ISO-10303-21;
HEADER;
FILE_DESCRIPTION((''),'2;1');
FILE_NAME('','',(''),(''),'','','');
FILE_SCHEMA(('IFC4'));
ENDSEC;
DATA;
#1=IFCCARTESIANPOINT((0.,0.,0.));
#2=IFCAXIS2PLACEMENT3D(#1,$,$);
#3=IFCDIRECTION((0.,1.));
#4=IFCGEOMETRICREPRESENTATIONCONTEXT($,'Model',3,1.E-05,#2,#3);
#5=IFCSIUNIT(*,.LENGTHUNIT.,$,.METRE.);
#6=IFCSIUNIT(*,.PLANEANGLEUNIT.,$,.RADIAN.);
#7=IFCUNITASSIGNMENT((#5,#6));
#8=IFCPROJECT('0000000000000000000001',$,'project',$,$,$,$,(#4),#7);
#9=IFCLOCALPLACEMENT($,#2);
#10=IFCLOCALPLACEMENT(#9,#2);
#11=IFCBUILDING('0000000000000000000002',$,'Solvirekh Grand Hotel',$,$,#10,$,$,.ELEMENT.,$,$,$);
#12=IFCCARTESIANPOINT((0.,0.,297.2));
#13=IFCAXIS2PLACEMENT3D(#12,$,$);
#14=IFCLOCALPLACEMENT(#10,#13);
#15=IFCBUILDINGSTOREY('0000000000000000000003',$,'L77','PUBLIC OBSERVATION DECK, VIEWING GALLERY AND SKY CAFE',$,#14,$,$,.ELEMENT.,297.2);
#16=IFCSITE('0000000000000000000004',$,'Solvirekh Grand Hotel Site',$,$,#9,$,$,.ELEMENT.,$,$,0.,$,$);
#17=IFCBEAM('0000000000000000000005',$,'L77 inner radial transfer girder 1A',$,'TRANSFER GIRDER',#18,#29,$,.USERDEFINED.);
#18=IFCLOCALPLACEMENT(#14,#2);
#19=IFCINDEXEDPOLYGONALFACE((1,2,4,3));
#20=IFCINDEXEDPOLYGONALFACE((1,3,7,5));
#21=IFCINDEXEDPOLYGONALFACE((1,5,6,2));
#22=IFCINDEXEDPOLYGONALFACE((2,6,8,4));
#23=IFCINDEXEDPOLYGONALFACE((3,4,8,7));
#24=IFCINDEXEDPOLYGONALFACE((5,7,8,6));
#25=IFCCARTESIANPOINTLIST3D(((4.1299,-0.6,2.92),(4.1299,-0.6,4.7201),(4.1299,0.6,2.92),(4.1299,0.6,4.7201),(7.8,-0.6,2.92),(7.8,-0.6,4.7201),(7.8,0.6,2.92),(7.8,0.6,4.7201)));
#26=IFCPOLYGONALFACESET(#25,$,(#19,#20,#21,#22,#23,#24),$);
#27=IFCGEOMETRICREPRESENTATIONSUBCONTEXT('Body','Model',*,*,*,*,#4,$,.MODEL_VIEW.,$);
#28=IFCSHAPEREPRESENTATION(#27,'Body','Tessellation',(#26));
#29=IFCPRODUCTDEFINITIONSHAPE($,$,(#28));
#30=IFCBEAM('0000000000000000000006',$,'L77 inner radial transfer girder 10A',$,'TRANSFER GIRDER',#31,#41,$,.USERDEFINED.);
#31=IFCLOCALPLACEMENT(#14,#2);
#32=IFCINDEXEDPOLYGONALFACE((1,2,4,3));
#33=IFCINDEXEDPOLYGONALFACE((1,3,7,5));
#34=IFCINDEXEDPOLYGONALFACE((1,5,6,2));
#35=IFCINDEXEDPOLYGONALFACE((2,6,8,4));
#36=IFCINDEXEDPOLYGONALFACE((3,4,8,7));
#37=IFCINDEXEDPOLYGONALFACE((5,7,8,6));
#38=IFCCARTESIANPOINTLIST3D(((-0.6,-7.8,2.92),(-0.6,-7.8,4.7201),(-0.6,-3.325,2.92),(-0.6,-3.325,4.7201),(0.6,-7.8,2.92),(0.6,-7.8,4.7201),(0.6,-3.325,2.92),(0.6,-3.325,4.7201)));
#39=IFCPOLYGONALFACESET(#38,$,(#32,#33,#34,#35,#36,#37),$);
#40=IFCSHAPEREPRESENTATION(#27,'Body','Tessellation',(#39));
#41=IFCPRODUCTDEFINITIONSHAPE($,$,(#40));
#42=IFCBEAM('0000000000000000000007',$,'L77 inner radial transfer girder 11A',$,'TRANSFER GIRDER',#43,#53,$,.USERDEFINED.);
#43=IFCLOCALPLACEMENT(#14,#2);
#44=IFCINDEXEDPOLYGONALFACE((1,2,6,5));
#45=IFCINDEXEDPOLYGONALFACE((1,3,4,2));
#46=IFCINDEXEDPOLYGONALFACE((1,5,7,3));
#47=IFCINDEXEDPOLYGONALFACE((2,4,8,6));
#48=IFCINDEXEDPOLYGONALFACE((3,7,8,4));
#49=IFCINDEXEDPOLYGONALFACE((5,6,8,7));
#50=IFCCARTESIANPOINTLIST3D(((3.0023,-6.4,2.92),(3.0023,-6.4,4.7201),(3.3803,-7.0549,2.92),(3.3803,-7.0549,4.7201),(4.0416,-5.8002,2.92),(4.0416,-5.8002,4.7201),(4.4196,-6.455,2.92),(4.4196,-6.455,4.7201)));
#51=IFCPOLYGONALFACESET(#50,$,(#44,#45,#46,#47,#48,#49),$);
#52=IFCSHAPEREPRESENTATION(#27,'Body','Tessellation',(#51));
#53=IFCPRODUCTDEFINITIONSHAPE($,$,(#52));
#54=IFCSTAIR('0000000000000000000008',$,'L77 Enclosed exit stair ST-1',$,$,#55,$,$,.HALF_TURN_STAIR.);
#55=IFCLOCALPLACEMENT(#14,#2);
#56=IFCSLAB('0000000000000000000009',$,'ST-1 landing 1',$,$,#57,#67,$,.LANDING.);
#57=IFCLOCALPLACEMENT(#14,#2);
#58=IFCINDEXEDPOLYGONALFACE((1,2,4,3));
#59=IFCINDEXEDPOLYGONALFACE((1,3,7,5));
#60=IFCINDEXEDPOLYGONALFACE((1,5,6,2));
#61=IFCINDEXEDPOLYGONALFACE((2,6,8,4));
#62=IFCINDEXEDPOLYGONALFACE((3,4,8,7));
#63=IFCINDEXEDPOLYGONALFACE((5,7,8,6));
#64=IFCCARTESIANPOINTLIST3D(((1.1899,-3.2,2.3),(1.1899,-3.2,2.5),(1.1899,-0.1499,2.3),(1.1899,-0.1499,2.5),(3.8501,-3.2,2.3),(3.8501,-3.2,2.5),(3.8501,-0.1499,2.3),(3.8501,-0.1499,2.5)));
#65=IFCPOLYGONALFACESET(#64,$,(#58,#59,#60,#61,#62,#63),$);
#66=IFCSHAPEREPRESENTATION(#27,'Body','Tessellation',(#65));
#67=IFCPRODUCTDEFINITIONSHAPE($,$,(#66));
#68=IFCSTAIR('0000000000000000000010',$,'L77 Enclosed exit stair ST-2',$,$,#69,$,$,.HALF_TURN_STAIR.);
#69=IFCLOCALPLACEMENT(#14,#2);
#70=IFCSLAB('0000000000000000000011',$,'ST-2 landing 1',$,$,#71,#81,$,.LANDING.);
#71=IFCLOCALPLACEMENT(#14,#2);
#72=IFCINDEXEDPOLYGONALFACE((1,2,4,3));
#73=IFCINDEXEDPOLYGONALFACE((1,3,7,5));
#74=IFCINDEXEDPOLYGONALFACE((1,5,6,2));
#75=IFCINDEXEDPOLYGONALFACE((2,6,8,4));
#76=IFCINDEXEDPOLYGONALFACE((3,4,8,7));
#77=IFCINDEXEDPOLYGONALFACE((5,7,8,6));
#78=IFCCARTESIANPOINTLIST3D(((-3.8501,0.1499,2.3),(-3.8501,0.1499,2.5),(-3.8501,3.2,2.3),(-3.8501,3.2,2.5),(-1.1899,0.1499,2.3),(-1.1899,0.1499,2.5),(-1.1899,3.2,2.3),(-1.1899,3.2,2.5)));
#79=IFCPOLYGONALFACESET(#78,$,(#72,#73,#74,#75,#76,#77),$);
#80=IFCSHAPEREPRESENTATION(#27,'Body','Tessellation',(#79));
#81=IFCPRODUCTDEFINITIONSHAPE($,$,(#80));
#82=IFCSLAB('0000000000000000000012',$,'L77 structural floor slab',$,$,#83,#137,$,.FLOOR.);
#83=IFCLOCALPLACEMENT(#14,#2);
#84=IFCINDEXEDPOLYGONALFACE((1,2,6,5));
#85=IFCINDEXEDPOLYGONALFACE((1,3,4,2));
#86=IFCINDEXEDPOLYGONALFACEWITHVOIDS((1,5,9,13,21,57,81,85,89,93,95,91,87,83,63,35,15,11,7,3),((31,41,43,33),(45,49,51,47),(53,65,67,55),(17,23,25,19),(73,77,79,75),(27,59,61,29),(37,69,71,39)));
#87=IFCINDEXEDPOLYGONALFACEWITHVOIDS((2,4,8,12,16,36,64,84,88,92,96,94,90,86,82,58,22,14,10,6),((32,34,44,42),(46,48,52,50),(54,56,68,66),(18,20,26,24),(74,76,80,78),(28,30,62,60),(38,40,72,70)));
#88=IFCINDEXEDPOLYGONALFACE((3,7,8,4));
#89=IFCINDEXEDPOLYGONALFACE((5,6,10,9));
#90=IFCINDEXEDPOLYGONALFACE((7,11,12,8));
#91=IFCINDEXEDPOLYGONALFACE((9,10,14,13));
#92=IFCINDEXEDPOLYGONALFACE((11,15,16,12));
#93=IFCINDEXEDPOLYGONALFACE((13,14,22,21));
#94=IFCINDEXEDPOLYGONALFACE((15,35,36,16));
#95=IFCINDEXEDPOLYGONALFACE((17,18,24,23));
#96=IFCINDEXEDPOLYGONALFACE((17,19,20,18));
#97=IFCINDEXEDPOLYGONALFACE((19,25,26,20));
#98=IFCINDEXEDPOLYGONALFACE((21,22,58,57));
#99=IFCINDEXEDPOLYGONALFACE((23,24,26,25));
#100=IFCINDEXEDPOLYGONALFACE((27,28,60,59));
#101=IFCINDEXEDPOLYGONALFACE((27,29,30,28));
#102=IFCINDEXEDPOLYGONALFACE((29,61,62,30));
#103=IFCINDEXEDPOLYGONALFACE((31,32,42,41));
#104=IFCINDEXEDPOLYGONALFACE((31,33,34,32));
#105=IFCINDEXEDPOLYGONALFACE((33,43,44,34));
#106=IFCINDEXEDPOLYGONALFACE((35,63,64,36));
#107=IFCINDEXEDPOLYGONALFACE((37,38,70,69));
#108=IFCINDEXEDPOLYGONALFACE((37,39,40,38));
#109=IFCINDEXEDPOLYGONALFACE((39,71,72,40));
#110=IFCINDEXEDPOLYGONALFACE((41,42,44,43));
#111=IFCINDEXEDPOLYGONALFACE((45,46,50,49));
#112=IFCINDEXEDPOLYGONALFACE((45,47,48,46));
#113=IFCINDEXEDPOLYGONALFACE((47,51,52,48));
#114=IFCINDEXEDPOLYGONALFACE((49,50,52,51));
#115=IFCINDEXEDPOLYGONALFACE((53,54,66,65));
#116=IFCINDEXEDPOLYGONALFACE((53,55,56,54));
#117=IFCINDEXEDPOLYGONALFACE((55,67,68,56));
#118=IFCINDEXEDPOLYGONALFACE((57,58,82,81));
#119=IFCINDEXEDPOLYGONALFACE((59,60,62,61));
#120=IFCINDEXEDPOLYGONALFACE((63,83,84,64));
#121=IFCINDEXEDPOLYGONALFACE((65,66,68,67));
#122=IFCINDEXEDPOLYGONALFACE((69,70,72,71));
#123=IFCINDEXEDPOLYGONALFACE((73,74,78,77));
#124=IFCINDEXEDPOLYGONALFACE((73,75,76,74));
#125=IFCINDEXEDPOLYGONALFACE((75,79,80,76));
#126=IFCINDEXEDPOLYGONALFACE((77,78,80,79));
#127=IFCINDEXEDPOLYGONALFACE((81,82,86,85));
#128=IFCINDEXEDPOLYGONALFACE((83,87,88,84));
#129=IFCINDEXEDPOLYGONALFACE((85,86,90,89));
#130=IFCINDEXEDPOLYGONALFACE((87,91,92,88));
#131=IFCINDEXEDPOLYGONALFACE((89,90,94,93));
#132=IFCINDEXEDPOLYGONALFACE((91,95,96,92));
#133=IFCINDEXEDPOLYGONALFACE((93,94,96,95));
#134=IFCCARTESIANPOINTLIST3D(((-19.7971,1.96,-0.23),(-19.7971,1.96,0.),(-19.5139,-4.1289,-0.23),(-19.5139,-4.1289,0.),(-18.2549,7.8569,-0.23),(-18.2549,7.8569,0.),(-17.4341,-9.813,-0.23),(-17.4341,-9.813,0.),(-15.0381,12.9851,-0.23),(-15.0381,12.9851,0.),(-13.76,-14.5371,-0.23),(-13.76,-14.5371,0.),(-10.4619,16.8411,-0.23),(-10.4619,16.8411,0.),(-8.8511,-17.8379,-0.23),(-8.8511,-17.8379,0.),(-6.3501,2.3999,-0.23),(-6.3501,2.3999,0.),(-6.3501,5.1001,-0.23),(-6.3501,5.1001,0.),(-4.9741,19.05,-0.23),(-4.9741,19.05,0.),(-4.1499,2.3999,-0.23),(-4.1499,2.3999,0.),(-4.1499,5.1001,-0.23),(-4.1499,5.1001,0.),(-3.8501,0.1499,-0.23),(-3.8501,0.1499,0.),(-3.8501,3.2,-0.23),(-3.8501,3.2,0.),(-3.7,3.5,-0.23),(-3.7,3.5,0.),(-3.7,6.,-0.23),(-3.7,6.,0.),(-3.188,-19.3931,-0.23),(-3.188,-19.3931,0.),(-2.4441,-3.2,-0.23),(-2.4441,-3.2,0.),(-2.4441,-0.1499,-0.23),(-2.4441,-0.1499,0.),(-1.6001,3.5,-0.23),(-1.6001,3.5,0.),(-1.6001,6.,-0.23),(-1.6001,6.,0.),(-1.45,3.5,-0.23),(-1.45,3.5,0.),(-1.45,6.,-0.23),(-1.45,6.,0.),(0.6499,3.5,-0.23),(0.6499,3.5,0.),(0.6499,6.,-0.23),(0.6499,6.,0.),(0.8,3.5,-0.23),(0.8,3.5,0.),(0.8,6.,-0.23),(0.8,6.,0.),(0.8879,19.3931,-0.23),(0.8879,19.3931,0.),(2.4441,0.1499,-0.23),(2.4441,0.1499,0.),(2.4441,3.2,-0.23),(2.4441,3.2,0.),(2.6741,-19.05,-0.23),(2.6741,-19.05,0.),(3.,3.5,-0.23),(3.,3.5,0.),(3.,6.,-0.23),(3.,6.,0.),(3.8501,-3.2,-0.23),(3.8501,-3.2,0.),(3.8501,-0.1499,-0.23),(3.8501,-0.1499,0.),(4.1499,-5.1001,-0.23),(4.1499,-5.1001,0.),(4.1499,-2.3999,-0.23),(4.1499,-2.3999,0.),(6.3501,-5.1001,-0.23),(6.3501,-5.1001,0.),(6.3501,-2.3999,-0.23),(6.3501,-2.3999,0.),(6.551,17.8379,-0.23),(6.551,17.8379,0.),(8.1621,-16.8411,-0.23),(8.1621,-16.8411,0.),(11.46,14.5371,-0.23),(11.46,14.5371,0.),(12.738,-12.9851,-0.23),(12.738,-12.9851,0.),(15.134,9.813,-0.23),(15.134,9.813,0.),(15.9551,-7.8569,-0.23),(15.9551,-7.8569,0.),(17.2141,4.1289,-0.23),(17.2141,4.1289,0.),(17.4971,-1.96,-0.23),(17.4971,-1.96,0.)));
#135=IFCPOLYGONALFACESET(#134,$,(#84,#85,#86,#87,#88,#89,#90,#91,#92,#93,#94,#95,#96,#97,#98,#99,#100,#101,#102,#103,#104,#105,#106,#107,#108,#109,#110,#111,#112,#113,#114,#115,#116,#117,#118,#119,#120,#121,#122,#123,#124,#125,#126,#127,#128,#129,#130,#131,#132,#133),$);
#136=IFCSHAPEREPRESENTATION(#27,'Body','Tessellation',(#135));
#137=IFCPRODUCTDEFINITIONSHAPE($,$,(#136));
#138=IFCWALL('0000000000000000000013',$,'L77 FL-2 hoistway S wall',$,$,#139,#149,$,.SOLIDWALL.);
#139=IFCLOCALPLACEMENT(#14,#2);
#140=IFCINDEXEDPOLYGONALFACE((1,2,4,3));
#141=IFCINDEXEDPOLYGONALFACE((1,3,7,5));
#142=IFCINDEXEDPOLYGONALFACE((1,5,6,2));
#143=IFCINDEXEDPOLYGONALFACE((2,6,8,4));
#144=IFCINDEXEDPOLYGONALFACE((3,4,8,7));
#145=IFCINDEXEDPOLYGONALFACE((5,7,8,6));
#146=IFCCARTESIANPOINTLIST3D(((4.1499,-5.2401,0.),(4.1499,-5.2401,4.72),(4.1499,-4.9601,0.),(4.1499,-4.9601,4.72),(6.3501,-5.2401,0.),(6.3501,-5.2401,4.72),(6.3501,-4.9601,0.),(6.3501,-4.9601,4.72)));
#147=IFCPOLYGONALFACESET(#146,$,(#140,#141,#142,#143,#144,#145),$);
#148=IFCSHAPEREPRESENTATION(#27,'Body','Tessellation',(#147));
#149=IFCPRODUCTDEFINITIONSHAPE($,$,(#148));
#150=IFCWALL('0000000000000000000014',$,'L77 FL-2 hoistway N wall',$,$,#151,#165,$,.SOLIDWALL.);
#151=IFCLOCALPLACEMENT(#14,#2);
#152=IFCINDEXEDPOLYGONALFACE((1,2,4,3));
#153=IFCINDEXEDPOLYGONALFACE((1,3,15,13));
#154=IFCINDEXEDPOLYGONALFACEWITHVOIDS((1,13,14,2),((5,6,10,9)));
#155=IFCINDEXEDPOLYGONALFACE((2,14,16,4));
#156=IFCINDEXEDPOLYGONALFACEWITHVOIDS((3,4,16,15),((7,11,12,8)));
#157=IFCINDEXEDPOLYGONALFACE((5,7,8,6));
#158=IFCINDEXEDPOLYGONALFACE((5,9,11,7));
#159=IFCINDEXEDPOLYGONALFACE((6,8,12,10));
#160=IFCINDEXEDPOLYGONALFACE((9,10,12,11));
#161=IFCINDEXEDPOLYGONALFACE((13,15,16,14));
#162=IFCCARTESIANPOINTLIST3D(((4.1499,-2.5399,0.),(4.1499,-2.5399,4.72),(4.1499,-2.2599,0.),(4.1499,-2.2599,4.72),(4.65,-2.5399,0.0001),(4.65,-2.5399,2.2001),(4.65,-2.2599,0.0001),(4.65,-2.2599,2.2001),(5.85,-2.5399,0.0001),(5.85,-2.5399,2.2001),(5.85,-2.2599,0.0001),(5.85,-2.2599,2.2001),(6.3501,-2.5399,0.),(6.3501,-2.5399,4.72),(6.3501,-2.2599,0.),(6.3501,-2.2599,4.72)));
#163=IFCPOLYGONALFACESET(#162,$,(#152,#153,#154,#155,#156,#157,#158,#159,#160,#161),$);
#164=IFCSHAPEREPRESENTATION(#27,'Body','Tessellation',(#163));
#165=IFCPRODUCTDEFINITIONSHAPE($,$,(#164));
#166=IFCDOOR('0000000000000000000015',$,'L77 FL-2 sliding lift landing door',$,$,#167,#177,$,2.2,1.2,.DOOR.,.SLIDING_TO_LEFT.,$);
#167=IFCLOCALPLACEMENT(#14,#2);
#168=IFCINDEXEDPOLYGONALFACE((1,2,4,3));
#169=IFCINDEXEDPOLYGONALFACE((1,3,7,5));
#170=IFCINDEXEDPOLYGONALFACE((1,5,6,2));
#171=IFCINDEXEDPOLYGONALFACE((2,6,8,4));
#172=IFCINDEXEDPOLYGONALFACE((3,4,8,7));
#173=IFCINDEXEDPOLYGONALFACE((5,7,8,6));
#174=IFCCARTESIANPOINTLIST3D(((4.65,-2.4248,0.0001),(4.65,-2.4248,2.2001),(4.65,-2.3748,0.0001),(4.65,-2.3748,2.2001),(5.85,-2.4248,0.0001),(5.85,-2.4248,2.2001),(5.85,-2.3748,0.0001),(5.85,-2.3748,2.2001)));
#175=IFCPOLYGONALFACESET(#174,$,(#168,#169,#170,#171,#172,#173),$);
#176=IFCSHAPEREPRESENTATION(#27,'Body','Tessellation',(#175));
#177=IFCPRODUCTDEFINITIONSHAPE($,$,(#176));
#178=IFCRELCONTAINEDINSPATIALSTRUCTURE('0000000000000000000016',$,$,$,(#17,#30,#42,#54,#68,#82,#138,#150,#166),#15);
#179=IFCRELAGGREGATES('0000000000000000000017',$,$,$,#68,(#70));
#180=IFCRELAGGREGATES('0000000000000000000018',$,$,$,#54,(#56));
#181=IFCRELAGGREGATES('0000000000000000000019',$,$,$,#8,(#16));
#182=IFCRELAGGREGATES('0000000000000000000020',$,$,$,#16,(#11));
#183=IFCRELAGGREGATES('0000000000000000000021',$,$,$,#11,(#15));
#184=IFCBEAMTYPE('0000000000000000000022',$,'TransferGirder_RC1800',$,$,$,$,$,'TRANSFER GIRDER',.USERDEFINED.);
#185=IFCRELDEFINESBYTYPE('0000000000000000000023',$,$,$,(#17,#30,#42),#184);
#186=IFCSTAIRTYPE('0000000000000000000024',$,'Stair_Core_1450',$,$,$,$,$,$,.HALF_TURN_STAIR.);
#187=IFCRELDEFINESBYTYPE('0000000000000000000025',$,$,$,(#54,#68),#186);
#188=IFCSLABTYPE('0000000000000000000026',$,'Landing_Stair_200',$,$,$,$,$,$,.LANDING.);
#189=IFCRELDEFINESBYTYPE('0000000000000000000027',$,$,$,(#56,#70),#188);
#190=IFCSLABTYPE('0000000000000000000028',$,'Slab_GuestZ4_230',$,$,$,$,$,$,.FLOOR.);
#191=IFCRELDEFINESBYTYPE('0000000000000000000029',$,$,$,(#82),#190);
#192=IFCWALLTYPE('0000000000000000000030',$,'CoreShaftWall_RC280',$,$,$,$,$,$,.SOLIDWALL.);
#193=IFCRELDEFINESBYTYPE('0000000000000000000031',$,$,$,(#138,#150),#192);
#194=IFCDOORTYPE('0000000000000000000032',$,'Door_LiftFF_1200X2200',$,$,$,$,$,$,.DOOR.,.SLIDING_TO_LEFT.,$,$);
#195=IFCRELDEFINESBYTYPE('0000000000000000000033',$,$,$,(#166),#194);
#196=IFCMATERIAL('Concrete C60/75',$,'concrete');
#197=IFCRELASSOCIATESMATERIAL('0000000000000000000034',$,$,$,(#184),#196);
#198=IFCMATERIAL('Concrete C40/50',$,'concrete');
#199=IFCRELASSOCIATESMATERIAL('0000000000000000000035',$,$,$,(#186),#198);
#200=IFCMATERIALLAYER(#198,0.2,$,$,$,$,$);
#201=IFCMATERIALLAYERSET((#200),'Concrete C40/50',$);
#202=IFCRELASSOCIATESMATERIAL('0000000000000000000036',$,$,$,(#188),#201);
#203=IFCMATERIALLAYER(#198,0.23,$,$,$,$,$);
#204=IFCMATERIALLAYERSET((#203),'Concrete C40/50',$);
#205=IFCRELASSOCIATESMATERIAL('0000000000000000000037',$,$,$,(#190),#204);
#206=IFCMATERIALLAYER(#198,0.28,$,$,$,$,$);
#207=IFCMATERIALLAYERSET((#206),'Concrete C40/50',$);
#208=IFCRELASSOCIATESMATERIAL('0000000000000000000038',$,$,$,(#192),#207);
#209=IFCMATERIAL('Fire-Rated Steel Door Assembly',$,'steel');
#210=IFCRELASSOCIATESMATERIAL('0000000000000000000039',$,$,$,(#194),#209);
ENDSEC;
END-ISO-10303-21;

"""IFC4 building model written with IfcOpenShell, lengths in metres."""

from ifc_helpers import new_model, si_unit, direction, frame, frame_2d, origin, origin_2d, place, context, subcontext, project, spatial, polyline, rectangle, outline, extrude, material, layer, layer_set, material_profile, profile_set, type_object, element, fill, aggregate, save


model = new_model("IFC4")

# Units and contexts
model_context = context("Model", 3, precision=1e-05, world=origin(), true_north=direction((0.0, 1.0)))
body_context = subcontext(model_context, "Body", "Model", "MODEL_VIEW")
ifc_project = project(units=[si_unit("LENGTHUNIT", "METRE"), si_unit("PLANEANGLEUNIT", "RADIAN")], contexts=[model_context])

# Site, building, storey
site_placement = place(None, origin())
site = spatial("IfcSite", under=ifc_project, at=site_placement, Name="Solvirekh Grand Hotel Site", CompositionType="ELEMENT", RefElevation=0.0)
building_placement = place(site_placement, origin())
building = spatial("IfcBuilding", under=site, at=building_placement, Name="Solvirekh Grand Hotel", CompositionType="ELEMENT")
storey_placement = place(building_placement, frame((0.0, 0.0, 297.2)))
storey = spatial("IfcBuildingStorey", under=building, at=storey_placement, Name="L77", Description="PUBLIC OBSERVATION DECK, VIEWING GALLERY AND SKY CAFE", CompositionType="ELEMENT", Elevation=297.2)

# Beams
ifc_material_1 = material(Name="Concrete C60/75", Category="concrete")
ifc_material_profile = material_profile(ifc_material_1, rectangle(XDim=1.2, YDim=1.8, at=origin_2d()), Name="RC GIRDER 1200X1800")
ifc_profile_set = profile_set([ifc_material_profile], Name="Concrete C60/75")
beam_type = type_object("IfcBeamType", Name="TransferGirder_RC1800", ElementType="TRANSFER GIRDER", PredefinedType="USERDEFINED", material=ifc_profile_set)
beam_1_placement = place(storey_placement, frame((4.1299, 0.0, 3.8201), z_axis=(1.0, 0.0, 0.0), x_axis=(0.0, 1.0, 0.0)))
element("IfcBeam", 1, at=beam_1_placement, inside=storey, type_object=beam_type, Name="L77 inner radial transfer girder 1A", ObjectType="TRANSFER GIRDER", PredefinedType="USERDEFINED", context=body_context, shape_type="SweptSolid", body=[
    extrude(rectangle(XDim=1.2, YDim=1.8, at=origin_2d()), origin(), (0.0, 0.0, 1.0), 3.6702),
])
beam_2_placement = place(storey_placement, frame((0.0, -3.325, 3.8201), z_axis=(0.0, -1.0, 0.0), x_axis=(1.0, 0.0, 0.0)))
element("IfcBeam", 2, at=beam_2_placement, inside=storey, type_object=beam_type, Name="L77 inner radial transfer girder 10A", ObjectType="TRANSFER GIRDER", PredefinedType="USERDEFINED", context=body_context, shape_type="SweptSolid", body=[
    extrude(rectangle(XDim=1.2, YDim=1.8, at=origin_2d()), origin(), (0.0, 0.0, 1.0), 4.4751),
])
beam_3_placement = place(storey_placement, frame((3.522, -6.1001, 3.8201), z_axis=(0.49989, -0.866089, 0.0), x_axis=(0.866089, 0.49989, 0.0)))
element("IfcBeam", 3, at=beam_3_placement, inside=storey, type_object=beam_type, Name="L77 inner radial transfer girder 11A", ObjectType="TRANSFER GIRDER", PredefinedType="USERDEFINED", context=body_context, shape_type="SweptSolid", body=[
    extrude(rectangle(XDim=1.2, YDim=1.8, at=origin_2d()), origin(), (0.0, 0.0, 1.0), 0.7561),
])

# Stairs, slabs
ifc_material_2 = material(Name="Concrete C40/50", Category="concrete")
stair_type = type_object("IfcStairType", Name="Stair_Core_1450", PredefinedType="HALF_TURN_STAIR", material=ifc_material_2)
stair_1_placement = place(storey_placement, origin())
stair_1 = element("IfcStair", 4, at=stair_1_placement, inside=storey, type_object=stair_type, Name="L77 Enclosed exit stair ST-1", PredefinedType="HALF_TURN_STAIR")
ifc_layer_1 = layer(ifc_material_2, 0.2)
ifc_layer_set_1 = layer_set([ifc_layer_1], Name="Concrete C40/50")
slab_type_1 = type_object("IfcSlabType", Name="Landing_Stair_200", PredefinedType="LANDING", material=ifc_layer_set_1)
slab_1_placement = place(storey_placement, frame((0.0, 0.0, 2.3)))
slab_1 = element("IfcSlab", 5, at=slab_1_placement, type_object=slab_type_1, Name="ST-1 landing 1", PredefinedType="LANDING", context=body_context, shape_type="SweptSolid", body=[
    extrude(outline(polyline([(1.1899, -3.2), (3.8501, -3.2), (3.8501, -0.1499), (1.1899, -0.1499), (1.1899, -3.2)])), origin(), (0.0, 0.0, 1.0), 0.2),
])
stair_2_placement = place(storey_placement, origin())
stair_2 = element("IfcStair", 6, at=stair_2_placement, inside=storey, type_object=stair_type, Name="L77 Enclosed exit stair ST-2", PredefinedType="HALF_TURN_STAIR")
slab_2_placement = place(storey_placement, frame((0.0, 0.0, 2.3)))
slab_2 = element("IfcSlab", 7, at=slab_2_placement, type_object=slab_type_1, Name="ST-2 landing 1", PredefinedType="LANDING", context=body_context, shape_type="SweptSolid", body=[
    extrude(outline(polyline([(-1.1899, 3.2), (-3.8501, 3.2), (-3.8501, 0.1499), (-1.1899, 0.1499), (-1.1899, 3.2)])), origin(), (0.0, 0.0, 1.0), 0.2),
])
aggregate(stair_2, [slab_2])

# Slab
ifc_layer_2 = layer(ifc_material_2, 0.23)
ifc_layer_set_2 = layer_set([ifc_layer_2], Name="Concrete C40/50")
slab_type_2 = type_object("IfcSlabType", Name="Slab_GuestZ4_230", PredefinedType="FLOOR", material=ifc_layer_set_2)
slab_3_placement = place(storey_placement, frame((0.0, 0.0, -0.23)))
element("IfcSlab", 8, at=slab_3_placement, inside=storey, type_object=slab_type_2, Name="L77 structural floor slab", PredefinedType="FLOOR", context=body_context, shape_type="SweptSolid", body=[
    extrude(outline(polyline([(-3.188, -19.3931), (2.6741, -19.05), (8.1621, -16.8411), (12.738, -12.9851), (15.9551, -7.8569), (17.4971, -1.96), (17.2141, 4.1289), (15.134, 9.813), (11.46, 14.5371), (6.551, 17.8379), (0.8879, 19.3931), (-4.9741, 19.05), (-10.4619, 16.8411), (-15.0381, 12.9851), (-18.2549, 7.8569), (-19.7971, 1.96), (-19.5139, -4.1289), (-17.4341, -9.813), (-13.76, -14.5371), (-8.8511, -17.8379), (-3.188, -19.3931)]), holes=[polyline([(-2.4441, -0.1499), (3.8501, -0.1499), (3.8501, -3.2), (-2.4441, -3.2), (-2.4441, -0.1499)]), polyline([(2.4441, 0.1499), (-3.8501, 0.1499), (-3.8501, 3.2), (2.4441, 3.2), (2.4441, 0.1499)]), polyline([(-3.7, 6.0), (-1.6001, 6.0), (-1.6001, 3.5), (-3.7, 3.5), (-3.7, 6.0)]), polyline([(-1.45, 6.0), (0.6499, 6.0), (0.6499, 3.5), (-1.45, 3.5), (-1.45, 6.0)]), polyline([(0.8, 6.0), (3.0, 6.0), (3.0, 3.5), (0.8, 3.5), (0.8, 6.0)]), polyline([(-6.3501, 5.1001), (-4.1499, 5.1001), (-4.1499, 2.3999), (-6.3501, 2.3999), (-6.3501, 5.1001)]), polyline([(4.1499, -2.3999), (6.3501, -2.3999), (6.3501, -5.1001), (4.1499, -5.1001), (4.1499, -2.3999)])]), origin(), (0.0, 0.0, 1.0), 0.23),
])

# Wall
ifc_layer_3 = layer(ifc_material_2, 0.28)
ifc_layer_set_3 = layer_set([ifc_layer_3], Name="Concrete C40/50")
wall_type_1 = type_object("IfcWallType", Name="CoreShaftWall_RC280", PredefinedType="SOLIDWALL", material=ifc_layer_set_3)
wall_1_placement = place(storey_placement, frame((4.1499, -5.1001, 0.0), z_axis=(0.0, 0.0, 1.0), x_axis=(1.0, 0.0, 0.0)))
element("IfcWall", 9, at=wall_1_placement, inside=storey, type_object=wall_type_1, Name="L77 FL-2 hoistway S wall", PredefinedType="SOLIDWALL", context=body_context, shape_type="SweptSolid", body=[
    extrude(rectangle(XDim=2.2002, YDim=0.28, at=frame_2d((1.1001, 0.0))), origin(), (0.0, 0.0, 1.0), 4.72),
])

# Wall, opening, door
wall_2_placement = place(storey_placement, frame((6.3501, -2.3999, 0.0), z_axis=(0.0, 0.0, 1.0), x_axis=(-1.0, 0.0, 0.0)))
wall_2 = element("IfcWall", 10, at=wall_2_placement, inside=storey, type_object=wall_type_1, Name="L77 FL-2 hoistway N wall", PredefinedType="SOLIDWALL", context=body_context, shape_type="SweptSolid", body=[
    extrude(rectangle(XDim=2.2002, YDim=0.28, at=frame_2d((1.1001, 0.0))), origin(), (0.0, 0.0, 1.0), 4.72),
])
opening_1_placement = place(wall_2_placement, frame((0.5, 0.0, 0.0)))
opening_1 = element("IfcOpeningElement", 11, at=opening_1_placement, cuts=wall_2, PredefinedType="OPENING", context=body_context, shape_type="SweptSolid", body=[
    extrude(rectangle(XDim=1.2, YDim=2.2, at=frame_2d((0.6001, 1.1001))), frame((0.0, 0.1499, 0.0), z_axis=(0.0, -1.0, 0.0), x_axis=(1.0, 0.0, 0.0)), (0.0, 0.0, 1.0), 0.3),
])
ifc_material_3 = material(Name="Fire-Rated Steel Door Assembly", Category="steel")
door_type_1 = type_object("IfcDoorType", Name="Door_LiftFF_1200X2200", OperationType="SLIDING_TO_LEFT", PredefinedType="DOOR", material=ifc_material_3)
door_1_placement = place(opening_1_placement, origin())
door_1 = element("IfcDoor", 12, at=door_1_placement, inside=storey, type_object=door_type_1, Name="L77 FL-2 sliding lift landing door", OperationType="SLIDING_TO_LEFT", OverallHeight=2.2, OverallWidth=1.2, PredefinedType="DOOR", context=body_context, shape_type="SweptSolid", body=[
    extrude(rectangle(XDim=1.2, YDim=2.2, at=frame_2d((0.6001, 1.1001))), frame((0.0, 0.0249, 0.0), z_axis=(0.0, -1.0, 0.0), x_axis=(1.0, 0.0, 0.0)), (0.0, 0.0, 1.0), 0.05),
])
fill(opening_1, door_1)

aggregate(stair_1, [slab_1])

save(model, "model.ifc")
